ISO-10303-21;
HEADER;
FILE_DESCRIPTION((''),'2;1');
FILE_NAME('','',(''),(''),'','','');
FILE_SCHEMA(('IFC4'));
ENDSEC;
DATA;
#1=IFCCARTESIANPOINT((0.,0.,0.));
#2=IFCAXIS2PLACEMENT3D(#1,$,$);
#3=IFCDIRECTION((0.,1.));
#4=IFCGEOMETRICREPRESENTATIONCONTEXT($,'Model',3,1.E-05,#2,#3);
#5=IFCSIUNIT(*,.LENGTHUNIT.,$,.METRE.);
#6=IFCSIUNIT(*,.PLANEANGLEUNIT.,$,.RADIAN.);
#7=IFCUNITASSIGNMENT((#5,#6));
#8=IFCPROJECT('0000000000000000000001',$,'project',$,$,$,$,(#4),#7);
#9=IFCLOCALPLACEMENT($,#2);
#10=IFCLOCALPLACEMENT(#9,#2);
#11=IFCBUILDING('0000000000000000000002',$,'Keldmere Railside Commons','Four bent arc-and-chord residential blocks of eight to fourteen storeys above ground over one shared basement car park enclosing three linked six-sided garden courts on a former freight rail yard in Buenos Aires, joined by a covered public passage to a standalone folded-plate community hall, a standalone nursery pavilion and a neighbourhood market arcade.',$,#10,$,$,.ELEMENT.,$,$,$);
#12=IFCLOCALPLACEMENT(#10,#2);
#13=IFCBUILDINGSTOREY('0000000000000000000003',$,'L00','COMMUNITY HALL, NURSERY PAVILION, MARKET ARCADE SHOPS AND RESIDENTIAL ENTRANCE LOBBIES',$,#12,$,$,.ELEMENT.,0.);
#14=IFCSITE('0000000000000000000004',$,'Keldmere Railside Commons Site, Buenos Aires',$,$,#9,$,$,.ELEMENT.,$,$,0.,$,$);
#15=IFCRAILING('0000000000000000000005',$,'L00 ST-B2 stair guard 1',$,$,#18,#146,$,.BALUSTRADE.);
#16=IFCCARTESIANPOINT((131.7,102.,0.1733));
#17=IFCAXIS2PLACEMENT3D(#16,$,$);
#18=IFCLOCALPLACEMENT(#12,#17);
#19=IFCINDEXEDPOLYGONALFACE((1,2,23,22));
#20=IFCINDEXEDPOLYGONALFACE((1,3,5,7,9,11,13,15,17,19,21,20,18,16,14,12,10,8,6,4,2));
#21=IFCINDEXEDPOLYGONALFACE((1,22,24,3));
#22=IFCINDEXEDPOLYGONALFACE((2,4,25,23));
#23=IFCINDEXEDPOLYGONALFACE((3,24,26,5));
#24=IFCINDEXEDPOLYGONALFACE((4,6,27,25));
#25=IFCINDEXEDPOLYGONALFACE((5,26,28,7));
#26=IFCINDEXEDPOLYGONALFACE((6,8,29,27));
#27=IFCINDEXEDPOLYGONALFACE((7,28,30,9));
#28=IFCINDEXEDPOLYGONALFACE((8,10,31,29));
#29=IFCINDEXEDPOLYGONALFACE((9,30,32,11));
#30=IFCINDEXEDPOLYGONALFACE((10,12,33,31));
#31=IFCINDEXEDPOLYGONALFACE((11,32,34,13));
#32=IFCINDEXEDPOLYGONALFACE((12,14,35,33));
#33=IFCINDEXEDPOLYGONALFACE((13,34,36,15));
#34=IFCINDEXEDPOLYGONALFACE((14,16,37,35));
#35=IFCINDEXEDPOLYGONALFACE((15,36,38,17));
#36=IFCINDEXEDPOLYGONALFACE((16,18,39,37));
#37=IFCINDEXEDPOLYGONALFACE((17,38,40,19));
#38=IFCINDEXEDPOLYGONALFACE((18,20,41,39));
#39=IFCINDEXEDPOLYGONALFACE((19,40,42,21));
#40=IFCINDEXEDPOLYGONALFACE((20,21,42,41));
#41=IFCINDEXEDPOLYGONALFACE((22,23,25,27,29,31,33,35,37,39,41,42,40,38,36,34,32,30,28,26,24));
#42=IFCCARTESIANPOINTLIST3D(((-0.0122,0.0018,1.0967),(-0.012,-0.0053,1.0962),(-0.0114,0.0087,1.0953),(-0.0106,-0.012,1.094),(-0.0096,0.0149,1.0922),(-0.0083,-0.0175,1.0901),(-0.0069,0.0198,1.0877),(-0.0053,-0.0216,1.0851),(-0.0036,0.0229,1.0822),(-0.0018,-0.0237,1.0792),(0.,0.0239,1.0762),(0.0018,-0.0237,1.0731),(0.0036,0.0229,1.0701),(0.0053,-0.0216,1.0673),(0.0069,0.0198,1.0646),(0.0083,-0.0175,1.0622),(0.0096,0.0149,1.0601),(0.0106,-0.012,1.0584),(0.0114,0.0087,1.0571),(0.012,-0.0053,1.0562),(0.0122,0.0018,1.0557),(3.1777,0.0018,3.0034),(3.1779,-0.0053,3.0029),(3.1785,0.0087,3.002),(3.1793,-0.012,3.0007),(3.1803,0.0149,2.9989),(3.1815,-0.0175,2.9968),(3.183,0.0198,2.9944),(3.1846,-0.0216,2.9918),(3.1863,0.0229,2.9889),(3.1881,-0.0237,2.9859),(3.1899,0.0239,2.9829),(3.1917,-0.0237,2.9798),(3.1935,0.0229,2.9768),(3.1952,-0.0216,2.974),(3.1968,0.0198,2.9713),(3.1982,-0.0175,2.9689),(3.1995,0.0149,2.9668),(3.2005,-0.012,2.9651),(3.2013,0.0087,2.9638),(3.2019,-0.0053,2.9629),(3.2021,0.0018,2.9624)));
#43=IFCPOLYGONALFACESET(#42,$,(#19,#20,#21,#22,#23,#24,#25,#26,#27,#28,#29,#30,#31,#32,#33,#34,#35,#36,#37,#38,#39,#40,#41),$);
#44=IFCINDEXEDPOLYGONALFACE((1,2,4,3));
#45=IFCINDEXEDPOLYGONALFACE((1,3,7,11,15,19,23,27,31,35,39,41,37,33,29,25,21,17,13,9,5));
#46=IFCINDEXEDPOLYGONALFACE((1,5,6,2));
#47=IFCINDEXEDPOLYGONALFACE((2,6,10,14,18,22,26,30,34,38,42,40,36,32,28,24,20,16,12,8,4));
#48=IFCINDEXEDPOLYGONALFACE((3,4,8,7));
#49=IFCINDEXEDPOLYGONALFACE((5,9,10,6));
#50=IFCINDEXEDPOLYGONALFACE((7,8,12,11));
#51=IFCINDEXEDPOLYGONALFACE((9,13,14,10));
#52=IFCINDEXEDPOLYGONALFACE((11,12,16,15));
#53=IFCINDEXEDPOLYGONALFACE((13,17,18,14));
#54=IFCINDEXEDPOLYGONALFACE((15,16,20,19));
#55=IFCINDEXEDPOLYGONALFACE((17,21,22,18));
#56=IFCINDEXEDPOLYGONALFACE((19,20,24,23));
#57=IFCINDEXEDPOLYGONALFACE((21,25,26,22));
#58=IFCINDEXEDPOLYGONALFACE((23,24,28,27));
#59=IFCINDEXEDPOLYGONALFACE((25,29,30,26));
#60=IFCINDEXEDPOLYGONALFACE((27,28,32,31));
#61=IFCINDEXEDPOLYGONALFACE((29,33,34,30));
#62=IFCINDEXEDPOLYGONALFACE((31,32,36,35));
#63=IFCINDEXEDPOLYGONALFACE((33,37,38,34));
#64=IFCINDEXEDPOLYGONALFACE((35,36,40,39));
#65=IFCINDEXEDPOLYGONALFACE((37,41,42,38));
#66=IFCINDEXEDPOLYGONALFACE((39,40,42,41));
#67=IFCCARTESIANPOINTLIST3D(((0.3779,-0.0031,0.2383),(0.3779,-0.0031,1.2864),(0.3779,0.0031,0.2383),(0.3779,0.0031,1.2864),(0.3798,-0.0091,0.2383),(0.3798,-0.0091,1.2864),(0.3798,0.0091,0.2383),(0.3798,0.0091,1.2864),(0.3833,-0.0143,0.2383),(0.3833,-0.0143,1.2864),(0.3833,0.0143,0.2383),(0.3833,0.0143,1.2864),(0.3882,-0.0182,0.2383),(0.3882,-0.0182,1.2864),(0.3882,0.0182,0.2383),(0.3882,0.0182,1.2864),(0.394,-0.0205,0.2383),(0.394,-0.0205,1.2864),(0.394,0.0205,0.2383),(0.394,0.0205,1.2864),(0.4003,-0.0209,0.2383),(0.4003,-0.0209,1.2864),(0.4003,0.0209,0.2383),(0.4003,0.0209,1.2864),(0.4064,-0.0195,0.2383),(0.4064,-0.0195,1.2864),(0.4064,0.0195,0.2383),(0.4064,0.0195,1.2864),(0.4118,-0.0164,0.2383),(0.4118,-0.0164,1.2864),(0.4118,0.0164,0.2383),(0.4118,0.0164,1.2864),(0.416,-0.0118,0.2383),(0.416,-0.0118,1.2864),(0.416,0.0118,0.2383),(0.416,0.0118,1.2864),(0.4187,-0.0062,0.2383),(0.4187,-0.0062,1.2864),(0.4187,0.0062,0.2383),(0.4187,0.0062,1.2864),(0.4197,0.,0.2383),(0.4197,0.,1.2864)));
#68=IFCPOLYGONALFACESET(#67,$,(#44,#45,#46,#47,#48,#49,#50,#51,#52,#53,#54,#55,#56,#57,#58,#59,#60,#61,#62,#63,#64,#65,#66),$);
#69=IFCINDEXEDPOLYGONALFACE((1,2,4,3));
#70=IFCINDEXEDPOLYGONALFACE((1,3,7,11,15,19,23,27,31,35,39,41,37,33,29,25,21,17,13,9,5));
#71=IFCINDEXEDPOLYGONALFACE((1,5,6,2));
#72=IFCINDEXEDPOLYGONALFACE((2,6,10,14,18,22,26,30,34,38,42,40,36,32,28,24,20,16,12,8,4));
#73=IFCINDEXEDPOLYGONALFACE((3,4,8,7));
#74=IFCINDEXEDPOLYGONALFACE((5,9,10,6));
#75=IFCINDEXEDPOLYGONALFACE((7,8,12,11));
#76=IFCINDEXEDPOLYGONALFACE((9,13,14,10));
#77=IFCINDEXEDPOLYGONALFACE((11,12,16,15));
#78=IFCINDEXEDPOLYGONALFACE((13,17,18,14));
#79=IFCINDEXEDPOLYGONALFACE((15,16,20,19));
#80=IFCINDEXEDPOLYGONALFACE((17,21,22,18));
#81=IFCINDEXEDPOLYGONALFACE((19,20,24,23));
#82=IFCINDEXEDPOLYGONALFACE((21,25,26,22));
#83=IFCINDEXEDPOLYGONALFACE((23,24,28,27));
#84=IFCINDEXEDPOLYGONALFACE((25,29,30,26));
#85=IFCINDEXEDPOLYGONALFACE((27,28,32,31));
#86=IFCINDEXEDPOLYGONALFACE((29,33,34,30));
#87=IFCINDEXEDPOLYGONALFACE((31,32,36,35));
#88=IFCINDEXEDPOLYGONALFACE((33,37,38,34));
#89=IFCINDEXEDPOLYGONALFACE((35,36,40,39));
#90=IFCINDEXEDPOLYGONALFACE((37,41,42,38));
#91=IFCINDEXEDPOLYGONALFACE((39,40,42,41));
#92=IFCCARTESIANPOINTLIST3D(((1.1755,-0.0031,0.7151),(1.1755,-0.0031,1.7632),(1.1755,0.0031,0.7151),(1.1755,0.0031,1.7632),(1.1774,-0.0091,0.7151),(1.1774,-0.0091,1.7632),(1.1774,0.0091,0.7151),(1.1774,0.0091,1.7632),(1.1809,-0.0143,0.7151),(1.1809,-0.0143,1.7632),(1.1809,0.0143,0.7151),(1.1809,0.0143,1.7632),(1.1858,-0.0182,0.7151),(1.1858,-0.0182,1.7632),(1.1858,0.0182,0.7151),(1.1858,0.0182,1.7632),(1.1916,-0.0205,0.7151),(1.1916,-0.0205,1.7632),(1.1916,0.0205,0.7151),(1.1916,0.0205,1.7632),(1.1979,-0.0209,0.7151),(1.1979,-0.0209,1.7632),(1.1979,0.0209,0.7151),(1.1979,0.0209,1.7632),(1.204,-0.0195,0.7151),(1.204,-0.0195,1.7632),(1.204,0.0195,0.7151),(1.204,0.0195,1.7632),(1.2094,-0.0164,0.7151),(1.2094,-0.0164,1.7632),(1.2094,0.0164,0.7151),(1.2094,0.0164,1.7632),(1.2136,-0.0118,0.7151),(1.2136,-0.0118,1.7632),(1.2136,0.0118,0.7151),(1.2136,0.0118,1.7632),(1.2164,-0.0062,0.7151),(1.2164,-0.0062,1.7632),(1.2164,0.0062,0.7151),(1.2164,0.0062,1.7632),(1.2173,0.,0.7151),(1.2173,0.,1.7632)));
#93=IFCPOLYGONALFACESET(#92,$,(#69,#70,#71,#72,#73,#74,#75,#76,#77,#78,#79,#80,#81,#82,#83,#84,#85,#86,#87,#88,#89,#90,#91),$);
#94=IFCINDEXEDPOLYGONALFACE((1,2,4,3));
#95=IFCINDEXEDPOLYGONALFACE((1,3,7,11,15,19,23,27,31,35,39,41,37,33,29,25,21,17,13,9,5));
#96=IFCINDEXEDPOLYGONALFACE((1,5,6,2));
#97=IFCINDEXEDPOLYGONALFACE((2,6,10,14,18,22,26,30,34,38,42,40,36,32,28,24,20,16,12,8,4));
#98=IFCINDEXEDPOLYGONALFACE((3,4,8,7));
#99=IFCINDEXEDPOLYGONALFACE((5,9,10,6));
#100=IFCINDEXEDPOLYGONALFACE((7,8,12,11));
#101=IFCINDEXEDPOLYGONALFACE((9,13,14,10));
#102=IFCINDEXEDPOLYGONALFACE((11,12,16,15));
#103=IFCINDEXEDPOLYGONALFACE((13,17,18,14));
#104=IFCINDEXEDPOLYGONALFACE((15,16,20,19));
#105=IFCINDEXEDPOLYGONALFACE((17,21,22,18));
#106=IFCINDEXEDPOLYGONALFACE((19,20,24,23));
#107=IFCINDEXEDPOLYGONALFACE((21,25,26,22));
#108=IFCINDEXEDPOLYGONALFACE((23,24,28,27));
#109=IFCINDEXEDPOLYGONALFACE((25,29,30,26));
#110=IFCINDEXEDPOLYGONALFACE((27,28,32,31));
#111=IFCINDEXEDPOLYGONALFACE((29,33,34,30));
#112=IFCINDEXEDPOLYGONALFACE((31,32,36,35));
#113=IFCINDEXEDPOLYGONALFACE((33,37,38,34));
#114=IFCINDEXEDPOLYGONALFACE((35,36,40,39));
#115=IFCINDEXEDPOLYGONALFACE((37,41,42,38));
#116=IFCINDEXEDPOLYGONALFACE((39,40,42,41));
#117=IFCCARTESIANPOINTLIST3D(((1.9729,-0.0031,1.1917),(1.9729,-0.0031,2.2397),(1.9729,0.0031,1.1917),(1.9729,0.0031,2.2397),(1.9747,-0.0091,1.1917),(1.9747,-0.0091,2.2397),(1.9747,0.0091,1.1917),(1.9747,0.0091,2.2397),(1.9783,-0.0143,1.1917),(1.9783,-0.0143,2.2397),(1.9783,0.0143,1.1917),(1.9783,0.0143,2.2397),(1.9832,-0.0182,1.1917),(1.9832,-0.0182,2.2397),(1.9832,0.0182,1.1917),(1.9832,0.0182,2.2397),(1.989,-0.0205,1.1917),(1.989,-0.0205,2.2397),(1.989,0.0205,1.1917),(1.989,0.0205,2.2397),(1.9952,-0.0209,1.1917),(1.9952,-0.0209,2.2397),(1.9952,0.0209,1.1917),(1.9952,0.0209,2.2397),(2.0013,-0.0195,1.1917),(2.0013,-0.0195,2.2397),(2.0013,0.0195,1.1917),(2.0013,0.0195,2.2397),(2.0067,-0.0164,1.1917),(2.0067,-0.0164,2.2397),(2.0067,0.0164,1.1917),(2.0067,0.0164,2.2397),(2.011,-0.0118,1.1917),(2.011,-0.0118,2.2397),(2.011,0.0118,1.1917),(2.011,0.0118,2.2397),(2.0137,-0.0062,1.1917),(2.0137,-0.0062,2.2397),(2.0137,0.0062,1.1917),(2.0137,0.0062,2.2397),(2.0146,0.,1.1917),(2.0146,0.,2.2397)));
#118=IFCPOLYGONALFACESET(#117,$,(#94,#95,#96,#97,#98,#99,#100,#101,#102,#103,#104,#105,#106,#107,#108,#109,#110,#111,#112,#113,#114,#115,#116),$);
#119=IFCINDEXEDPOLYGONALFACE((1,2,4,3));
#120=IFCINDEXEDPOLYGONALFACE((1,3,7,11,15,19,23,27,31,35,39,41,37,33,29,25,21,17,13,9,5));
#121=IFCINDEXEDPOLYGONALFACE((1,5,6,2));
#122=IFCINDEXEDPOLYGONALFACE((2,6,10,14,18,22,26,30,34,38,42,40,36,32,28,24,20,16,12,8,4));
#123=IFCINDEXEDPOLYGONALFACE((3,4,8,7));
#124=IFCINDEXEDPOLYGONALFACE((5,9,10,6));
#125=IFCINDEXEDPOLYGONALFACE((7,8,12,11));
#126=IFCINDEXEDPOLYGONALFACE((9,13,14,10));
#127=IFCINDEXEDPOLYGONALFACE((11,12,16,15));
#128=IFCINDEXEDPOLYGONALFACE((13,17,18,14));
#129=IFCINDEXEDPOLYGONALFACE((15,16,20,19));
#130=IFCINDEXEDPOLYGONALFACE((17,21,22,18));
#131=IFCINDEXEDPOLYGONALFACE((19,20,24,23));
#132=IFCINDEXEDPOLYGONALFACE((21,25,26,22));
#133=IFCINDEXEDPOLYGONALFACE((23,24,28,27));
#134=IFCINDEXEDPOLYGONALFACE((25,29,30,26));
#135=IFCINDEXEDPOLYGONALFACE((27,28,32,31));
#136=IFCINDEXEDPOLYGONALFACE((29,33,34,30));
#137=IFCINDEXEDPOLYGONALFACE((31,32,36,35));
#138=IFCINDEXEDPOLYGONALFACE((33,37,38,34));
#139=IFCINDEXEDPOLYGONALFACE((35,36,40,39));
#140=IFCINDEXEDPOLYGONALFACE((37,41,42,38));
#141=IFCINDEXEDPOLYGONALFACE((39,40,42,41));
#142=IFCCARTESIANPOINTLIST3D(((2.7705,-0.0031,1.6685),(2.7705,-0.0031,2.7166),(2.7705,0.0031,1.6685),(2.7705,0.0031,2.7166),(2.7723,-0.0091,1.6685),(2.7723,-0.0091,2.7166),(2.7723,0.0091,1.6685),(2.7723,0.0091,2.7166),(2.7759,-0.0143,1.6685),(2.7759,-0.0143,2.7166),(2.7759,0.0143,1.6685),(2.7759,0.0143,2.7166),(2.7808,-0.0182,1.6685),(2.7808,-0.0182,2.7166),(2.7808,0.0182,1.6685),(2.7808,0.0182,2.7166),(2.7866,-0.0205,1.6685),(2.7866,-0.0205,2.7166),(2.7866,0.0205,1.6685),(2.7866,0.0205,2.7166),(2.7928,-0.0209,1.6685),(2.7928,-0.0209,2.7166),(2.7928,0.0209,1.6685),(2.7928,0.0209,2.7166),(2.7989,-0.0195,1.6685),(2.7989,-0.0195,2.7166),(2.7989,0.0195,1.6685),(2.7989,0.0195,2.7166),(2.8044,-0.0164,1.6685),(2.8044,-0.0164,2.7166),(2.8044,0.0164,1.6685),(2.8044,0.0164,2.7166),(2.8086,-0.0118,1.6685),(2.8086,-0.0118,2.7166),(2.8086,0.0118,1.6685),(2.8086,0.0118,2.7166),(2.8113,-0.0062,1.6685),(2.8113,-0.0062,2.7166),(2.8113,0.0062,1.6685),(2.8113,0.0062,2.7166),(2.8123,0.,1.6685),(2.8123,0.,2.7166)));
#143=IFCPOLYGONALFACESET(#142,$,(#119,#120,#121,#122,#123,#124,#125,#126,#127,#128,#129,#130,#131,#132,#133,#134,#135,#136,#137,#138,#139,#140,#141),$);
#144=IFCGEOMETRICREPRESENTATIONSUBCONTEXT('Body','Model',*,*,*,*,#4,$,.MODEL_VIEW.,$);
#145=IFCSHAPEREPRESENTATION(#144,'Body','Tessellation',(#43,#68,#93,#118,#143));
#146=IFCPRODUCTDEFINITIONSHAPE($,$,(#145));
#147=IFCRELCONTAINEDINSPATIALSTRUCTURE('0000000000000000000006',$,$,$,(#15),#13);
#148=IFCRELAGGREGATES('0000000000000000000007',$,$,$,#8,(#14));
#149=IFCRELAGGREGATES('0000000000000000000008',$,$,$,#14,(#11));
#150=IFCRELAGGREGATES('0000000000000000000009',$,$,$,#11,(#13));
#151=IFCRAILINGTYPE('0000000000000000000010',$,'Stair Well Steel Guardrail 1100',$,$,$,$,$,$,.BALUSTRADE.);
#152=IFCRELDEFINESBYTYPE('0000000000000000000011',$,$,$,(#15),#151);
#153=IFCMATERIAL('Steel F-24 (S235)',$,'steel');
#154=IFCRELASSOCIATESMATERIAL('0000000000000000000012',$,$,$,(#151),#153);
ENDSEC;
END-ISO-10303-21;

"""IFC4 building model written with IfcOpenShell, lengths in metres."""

from ifc_helpers import new_model, si_unit, direction, frame, origin, origin_2d, place, context, subcontext, project, spatial, circle, extrude, material, type_object, element, save


model = new_model("IFC4")

# Units and contexts
model_context = context("Model", 3, precision=1e-05, world=origin(), true_north=direction((0.0, 1.0)))
body_context = subcontext(model_context, "Body", "Model", "MODEL_VIEW")
ifc_project = project(units=[si_unit("LENGTHUNIT", "METRE"), si_unit("PLANEANGLEUNIT", "RADIAN")], contexts=[model_context])

# Site, building, storey
site_placement = place(None, origin())
site = spatial("IfcSite", under=ifc_project, at=site_placement, Name="Keldmere Railside Commons Site, Buenos Aires", CompositionType="ELEMENT", RefElevation=0.0)
building_placement = place(site_placement, origin())
building = spatial("IfcBuilding", under=site, at=building_placement, Name="Keldmere Railside Commons", Description="Four bent arc-and-chord residential blocks of eight to fourteen storeys above ground over one shared basement car park enclosing three linked six-sided garden courts on a former freight rail yard in Buenos Aires, joined by a covered public passage to a standalone folded-plate community hall, a standalone nursery pavilion and a neighbourhood market arcade.", CompositionType="ELEMENT")
storey_placement = place(building_placement, origin())
storey = spatial("IfcBuildingStorey", under=building, at=storey_placement, Name="L00", Description="COMMUNITY HALL, NURSERY PAVILION, MARKET ARCADE SHOPS AND RESIDENTIAL ENTRANCE LOBBIES", CompositionType="ELEMENT", Elevation=0.0)

# Railing
ifc_material_1 = material(Name="Steel F-24 (S235)", Category="steel")
railing_type_1 = type_object("IfcRailingType", Name="Stair Well Steel Guardrail 1100", PredefinedType="BALUSTRADE", material=ifc_material_1)
railing_1_placement = place(storey_placement, frame((131.7, 102.0, 0.1733)))
element("IfcRailing", 1, at=railing_1_placement, inside=storey, type_object=railing_type_1, Name="L00 ST-B2 stair guard 1", PredefinedType="BALUSTRADE", context=body_context, shape_type="SweptSolid", body=[
    extrude(circle(Radius=0.0239, at=origin_2d()), frame((0.0, 0.0, 1.0762), z_axis=(0.85835, 0.0, 0.513065), x_axis=(0.0, 1.0, 0.0)), (0.0, 0.0, 1.0), 3.7163),
    extrude(circle(Radius=0.021, at=origin_2d()), frame((0.3987, 0.0, 0.2383)), (0.0, 0.0, 1.0), 1.0481),
    extrude(circle(Radius=0.021, at=origin_2d()), frame((1.1963, 0.0, 0.7151)), (0.0, 0.0, 1.0), 1.0481),
    extrude(circle(Radius=0.021, at=origin_2d()), frame((1.9937, 0.0, 1.1917)), (0.0, 0.0, 1.0), 1.0481),
    extrude(circle(Radius=0.021, at=origin_2d()), frame((2.7913, 0.0, 1.6685)), (0.0, 0.0, 1.0), 1.0481),
])

save(model, "model.ifc")
